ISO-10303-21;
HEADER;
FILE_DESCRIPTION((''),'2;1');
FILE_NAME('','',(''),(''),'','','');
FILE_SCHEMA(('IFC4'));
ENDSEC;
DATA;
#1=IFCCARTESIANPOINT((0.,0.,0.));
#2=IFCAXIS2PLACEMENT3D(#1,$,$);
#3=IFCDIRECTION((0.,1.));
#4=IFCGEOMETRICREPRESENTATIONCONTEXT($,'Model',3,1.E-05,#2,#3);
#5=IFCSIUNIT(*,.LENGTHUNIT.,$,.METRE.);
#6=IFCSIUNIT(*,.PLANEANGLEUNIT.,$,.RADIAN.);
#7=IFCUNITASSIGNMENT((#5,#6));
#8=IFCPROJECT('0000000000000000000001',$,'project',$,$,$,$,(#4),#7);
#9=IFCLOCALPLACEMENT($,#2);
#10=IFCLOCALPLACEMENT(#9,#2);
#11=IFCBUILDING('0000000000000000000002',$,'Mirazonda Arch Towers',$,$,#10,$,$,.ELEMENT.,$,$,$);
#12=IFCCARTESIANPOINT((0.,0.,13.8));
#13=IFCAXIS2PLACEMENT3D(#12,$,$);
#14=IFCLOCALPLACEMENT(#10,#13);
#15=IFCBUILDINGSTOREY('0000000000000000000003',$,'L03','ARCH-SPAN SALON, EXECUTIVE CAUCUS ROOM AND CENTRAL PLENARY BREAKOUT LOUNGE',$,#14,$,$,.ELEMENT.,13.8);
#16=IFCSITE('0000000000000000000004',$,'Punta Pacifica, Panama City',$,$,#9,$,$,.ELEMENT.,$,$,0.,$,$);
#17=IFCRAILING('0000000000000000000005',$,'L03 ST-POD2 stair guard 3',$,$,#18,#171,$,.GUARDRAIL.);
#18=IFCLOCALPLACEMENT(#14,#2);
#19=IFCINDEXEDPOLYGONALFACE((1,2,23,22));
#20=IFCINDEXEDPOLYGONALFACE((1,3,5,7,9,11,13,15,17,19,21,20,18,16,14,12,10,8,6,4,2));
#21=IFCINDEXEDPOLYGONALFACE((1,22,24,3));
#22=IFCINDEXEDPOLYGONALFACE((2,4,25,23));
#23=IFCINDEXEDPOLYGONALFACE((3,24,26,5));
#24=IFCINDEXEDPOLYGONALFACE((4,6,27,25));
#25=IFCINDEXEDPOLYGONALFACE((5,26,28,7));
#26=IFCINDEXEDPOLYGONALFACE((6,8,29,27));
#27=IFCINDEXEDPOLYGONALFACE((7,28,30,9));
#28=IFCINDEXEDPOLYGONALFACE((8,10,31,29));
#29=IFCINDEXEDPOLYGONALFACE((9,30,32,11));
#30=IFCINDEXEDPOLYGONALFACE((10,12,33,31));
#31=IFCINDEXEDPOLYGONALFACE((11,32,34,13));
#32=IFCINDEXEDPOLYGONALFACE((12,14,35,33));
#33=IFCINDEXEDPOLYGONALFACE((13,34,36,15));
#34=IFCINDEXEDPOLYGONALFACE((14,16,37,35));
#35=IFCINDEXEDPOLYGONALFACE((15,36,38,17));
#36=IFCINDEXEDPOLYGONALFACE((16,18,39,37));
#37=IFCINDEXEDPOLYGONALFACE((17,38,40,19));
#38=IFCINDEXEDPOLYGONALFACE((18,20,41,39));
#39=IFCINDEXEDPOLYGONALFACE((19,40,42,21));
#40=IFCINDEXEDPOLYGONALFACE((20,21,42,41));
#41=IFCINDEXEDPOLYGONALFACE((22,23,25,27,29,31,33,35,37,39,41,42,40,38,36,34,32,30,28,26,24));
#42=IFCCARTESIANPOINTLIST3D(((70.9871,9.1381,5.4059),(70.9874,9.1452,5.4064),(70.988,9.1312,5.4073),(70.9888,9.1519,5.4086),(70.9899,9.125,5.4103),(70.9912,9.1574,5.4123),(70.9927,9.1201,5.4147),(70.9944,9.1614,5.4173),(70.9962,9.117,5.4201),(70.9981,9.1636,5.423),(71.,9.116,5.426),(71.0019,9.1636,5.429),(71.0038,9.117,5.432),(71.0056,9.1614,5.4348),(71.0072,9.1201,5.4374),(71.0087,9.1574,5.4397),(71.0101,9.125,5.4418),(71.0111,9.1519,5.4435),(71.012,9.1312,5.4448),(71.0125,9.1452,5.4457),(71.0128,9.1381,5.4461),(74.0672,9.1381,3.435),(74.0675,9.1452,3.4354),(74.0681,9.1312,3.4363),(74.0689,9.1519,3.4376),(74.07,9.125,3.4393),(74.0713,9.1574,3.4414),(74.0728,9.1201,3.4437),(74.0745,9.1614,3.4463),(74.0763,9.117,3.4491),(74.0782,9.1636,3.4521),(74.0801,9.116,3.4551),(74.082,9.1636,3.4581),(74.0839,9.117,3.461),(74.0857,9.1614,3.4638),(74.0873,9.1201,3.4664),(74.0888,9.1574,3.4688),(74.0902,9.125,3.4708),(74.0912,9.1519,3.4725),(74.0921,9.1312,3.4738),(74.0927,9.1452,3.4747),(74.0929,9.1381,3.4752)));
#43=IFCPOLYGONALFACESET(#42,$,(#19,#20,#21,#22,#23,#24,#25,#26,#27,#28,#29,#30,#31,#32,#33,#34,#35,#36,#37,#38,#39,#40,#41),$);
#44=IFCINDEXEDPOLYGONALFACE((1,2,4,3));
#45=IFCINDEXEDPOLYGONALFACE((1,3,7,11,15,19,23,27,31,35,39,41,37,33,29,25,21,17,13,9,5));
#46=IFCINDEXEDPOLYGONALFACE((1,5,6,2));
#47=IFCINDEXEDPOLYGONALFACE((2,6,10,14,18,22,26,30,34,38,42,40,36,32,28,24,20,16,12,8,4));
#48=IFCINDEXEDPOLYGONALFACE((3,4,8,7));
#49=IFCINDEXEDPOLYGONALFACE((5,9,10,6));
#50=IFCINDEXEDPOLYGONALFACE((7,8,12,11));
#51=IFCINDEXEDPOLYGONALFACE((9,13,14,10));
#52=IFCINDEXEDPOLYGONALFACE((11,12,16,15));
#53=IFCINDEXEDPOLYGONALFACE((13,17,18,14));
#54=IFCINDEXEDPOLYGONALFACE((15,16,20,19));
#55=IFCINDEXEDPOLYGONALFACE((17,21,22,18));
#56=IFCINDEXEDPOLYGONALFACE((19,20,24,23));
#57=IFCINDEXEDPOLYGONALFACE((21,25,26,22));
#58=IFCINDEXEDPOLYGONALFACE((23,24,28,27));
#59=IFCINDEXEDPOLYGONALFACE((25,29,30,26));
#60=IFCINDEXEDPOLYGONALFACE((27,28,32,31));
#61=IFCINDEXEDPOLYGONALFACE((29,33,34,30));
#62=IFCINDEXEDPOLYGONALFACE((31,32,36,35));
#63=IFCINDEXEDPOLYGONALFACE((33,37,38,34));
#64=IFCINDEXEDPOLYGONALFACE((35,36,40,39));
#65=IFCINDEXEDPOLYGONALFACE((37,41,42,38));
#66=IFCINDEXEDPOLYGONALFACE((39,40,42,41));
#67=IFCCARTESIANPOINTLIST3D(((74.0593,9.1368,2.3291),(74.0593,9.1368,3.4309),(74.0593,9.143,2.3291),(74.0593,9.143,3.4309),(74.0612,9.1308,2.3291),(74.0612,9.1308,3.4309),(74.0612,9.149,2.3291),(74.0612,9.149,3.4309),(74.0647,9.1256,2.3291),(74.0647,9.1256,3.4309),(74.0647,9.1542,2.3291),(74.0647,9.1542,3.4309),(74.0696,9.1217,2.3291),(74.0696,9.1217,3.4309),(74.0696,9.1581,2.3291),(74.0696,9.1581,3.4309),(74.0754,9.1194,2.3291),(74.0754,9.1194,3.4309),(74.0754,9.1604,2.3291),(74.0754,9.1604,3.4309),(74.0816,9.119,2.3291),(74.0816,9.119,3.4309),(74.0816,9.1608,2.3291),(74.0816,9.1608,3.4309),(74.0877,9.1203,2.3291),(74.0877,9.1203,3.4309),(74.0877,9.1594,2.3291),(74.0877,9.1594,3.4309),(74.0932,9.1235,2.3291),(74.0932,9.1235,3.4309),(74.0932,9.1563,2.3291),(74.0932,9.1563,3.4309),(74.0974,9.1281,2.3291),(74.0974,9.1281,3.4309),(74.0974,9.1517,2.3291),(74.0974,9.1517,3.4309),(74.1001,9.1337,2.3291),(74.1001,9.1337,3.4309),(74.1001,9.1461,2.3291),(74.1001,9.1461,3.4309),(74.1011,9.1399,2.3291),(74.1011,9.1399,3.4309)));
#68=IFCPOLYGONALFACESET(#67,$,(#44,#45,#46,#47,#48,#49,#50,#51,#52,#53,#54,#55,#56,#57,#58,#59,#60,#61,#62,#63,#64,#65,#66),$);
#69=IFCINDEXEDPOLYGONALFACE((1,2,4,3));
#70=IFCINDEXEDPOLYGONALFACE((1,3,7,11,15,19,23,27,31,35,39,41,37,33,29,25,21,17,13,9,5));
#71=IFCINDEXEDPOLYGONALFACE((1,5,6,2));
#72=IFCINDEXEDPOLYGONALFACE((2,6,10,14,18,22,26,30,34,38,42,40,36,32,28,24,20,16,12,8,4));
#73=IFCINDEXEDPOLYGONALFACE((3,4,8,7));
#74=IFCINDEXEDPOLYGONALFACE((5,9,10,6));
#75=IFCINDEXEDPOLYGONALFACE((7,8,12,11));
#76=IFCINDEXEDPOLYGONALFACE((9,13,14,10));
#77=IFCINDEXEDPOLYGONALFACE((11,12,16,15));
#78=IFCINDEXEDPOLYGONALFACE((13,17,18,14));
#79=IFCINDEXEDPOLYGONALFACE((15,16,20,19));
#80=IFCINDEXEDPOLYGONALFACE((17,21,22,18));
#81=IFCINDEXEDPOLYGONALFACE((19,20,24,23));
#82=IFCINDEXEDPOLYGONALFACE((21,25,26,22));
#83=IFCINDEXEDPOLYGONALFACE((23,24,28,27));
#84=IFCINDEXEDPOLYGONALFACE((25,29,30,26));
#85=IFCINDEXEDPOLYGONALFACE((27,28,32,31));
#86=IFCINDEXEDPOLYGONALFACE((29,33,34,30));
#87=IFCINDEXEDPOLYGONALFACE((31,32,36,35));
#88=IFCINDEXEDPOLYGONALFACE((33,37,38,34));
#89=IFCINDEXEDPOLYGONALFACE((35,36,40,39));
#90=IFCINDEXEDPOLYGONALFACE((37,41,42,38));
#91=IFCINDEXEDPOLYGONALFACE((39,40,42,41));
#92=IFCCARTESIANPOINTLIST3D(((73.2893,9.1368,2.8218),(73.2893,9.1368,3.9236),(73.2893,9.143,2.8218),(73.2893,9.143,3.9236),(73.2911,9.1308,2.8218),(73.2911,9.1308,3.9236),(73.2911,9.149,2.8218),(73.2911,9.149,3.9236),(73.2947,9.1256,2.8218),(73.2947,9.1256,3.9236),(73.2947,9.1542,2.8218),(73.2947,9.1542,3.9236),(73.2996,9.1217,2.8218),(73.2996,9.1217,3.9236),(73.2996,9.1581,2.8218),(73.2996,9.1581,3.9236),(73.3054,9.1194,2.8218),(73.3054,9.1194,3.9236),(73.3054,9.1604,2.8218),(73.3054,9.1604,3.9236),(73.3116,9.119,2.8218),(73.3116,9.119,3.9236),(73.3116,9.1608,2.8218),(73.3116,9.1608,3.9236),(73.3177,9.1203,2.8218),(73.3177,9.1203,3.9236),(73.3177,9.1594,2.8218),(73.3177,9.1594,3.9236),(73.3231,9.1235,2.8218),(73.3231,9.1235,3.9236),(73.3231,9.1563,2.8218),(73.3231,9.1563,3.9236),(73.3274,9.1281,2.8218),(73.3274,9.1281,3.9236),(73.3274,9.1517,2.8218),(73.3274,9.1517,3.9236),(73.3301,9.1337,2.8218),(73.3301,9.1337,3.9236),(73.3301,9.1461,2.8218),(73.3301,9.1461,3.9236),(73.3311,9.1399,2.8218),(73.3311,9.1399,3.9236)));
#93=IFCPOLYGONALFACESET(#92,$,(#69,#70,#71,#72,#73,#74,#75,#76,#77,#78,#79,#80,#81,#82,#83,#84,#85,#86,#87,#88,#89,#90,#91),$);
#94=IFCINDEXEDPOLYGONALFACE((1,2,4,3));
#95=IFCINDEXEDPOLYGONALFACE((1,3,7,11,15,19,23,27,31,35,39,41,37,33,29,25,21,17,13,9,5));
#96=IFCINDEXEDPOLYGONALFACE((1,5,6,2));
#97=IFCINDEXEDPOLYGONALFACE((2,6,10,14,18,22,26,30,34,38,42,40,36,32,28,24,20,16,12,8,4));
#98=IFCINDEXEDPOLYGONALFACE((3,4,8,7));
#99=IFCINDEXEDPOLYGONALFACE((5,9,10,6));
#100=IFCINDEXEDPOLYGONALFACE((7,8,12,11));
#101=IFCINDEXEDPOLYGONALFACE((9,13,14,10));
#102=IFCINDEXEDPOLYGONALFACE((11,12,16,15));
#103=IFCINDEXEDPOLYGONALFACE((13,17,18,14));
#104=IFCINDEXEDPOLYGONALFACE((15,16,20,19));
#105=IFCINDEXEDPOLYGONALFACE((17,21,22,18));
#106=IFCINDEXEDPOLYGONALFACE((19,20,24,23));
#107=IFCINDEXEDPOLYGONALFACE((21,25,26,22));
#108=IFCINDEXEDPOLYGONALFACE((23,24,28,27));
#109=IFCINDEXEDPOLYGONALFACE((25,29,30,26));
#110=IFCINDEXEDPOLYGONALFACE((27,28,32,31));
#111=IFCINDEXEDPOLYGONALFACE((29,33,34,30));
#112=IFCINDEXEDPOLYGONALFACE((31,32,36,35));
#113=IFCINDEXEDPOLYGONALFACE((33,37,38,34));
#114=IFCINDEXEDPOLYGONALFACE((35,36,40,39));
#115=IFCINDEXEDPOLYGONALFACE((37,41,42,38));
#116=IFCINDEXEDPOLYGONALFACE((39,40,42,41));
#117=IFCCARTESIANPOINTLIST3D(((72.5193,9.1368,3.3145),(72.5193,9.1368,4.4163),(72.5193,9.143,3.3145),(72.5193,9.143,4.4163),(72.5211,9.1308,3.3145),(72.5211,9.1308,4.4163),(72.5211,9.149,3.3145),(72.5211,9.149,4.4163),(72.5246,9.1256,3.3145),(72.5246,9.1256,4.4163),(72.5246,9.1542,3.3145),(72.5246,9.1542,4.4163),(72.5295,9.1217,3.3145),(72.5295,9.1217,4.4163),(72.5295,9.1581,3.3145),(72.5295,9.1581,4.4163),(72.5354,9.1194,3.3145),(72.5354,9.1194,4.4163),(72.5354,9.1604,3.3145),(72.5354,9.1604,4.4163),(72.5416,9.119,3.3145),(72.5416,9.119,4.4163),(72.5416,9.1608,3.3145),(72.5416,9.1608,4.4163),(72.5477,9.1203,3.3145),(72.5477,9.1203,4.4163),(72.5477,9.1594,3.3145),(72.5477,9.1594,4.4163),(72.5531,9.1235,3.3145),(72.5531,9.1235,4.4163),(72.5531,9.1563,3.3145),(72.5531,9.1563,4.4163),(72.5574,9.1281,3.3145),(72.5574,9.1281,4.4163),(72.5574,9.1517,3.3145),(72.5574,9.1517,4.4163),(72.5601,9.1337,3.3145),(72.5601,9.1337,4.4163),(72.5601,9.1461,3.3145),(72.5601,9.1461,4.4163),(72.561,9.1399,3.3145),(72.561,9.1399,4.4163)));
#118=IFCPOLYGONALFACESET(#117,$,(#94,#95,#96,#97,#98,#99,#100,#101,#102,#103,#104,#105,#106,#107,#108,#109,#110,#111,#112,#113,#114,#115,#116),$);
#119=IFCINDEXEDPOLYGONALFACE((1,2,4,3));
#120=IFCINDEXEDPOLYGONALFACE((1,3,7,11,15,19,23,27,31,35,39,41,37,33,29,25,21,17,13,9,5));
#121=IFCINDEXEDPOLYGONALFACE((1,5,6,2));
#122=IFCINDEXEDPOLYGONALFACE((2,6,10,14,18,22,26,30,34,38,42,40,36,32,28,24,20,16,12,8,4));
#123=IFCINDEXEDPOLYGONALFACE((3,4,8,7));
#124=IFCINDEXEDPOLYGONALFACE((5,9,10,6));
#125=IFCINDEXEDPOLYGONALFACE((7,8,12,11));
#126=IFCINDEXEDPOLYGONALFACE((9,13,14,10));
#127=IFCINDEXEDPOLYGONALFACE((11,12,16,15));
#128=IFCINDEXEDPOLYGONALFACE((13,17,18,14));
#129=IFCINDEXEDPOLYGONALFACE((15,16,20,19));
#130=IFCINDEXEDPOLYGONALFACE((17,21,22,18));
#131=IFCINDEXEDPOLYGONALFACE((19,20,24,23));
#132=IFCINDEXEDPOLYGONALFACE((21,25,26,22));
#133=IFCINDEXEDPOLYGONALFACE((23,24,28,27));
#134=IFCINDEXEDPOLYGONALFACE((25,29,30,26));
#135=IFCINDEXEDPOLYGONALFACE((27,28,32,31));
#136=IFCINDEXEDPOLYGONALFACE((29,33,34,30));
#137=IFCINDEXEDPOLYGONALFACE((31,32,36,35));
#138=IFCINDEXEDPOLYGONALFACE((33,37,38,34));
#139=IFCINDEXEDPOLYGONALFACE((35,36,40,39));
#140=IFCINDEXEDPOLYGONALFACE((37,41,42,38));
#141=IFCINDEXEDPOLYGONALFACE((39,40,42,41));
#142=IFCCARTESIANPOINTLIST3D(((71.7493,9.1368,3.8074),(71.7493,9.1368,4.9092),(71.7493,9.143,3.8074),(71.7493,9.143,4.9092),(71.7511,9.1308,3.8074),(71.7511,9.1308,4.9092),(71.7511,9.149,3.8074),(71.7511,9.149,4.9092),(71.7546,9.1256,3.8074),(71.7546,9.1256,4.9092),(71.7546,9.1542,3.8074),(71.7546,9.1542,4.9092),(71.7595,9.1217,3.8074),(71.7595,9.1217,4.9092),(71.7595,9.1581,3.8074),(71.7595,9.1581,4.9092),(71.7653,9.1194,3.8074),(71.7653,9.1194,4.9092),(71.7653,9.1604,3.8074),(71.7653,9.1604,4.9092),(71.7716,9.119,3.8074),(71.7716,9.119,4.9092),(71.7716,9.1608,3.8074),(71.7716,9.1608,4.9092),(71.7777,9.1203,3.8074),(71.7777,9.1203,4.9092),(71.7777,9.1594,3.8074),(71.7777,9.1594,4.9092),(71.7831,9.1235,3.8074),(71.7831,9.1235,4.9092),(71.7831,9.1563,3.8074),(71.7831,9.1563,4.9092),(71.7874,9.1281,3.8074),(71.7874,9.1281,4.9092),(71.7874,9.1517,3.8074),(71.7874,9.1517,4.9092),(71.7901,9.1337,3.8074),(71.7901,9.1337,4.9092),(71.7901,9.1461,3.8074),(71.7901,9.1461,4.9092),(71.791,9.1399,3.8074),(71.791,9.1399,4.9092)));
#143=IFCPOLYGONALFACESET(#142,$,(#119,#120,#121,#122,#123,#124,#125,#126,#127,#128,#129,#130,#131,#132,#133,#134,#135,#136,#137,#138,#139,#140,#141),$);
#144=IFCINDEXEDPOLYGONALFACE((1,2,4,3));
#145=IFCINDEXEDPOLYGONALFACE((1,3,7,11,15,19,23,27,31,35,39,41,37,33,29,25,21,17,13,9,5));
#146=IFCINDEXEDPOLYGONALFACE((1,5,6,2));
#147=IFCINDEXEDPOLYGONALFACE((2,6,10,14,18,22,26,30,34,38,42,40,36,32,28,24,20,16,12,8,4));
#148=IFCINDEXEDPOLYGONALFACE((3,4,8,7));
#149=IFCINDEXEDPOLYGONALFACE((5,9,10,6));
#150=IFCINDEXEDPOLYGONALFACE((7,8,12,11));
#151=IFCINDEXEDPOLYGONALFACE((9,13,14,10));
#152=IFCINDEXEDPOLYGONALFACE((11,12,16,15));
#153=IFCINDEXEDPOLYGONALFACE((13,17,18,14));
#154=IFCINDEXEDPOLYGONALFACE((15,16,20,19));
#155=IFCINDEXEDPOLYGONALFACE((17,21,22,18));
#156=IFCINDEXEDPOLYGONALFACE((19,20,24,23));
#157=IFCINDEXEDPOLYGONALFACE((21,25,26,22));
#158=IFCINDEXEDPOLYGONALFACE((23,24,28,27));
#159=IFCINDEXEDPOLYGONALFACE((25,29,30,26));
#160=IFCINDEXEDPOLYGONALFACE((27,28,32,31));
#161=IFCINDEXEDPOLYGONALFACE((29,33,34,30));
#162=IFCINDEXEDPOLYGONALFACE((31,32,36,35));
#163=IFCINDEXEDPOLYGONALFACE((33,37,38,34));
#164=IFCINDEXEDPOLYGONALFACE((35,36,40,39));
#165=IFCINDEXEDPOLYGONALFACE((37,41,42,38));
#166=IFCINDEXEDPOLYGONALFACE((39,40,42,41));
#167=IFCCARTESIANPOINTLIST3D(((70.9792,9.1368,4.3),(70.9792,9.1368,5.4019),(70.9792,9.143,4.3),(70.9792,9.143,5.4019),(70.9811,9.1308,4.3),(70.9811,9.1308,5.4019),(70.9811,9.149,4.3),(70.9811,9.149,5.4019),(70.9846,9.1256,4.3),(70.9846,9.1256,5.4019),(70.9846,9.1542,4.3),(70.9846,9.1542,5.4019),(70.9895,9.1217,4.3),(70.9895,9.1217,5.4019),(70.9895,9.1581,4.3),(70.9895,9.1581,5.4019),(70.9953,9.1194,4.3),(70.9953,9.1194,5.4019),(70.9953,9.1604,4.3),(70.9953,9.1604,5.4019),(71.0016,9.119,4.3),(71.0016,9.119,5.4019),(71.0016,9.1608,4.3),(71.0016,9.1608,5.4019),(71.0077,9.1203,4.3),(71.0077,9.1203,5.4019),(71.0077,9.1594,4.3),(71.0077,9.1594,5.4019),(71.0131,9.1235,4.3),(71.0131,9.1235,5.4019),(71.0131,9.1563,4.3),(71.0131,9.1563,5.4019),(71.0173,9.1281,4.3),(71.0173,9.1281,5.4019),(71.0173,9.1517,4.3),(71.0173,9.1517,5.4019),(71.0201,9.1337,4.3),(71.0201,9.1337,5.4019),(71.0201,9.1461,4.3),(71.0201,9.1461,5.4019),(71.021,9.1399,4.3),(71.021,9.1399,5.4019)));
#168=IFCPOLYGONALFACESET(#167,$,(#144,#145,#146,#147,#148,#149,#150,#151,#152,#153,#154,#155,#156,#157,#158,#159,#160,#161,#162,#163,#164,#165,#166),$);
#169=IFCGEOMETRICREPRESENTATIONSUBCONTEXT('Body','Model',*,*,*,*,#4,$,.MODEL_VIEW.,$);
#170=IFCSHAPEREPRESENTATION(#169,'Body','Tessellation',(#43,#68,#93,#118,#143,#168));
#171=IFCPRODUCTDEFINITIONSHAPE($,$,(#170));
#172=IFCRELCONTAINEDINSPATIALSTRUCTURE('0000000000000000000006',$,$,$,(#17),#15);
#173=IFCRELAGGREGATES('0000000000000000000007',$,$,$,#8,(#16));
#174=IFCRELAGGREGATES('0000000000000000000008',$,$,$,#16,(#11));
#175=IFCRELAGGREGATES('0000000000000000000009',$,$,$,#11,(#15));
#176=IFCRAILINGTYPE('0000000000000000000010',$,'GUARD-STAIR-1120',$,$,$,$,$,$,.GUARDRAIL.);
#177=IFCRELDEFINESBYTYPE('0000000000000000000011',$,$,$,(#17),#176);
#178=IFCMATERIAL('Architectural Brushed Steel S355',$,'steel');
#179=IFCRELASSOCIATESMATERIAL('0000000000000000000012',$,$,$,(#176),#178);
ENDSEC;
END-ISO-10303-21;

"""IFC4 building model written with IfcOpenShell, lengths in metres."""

from ifc_helpers import new_model, si_unit, direction, frame, origin, origin_2d, place, context, subcontext, project, spatial, circle, extrude, material, type_object, element, save


model = new_model("IFC4")

# Units and contexts
model_context = context("Model", 3, precision=1e-05, world=origin(), true_north=direction((0.0, 1.0)))
body_context = subcontext(model_context, "Body", "Model", "MODEL_VIEW")
ifc_project = project(units=[si_unit("LENGTHUNIT", "METRE"), si_unit("PLANEANGLEUNIT", "RADIAN")], contexts=[model_context])

# Site, building, storey
site_placement = place(None, origin())
site = spatial("IfcSite", under=ifc_project, at=site_placement, Name="Punta Pacifica, Panama City", CompositionType="ELEMENT", RefElevation=0.0)
building_placement = place(site_placement, origin())
building = spatial("IfcBuilding", under=site, at=building_placement, Name="Mirazonda Arch Towers", CompositionType="ELEMENT")
storey_placement = place(building_placement, frame((0.0, 0.0, 13.8)))
storey = spatial("IfcBuildingStorey", under=building, at=storey_placement, Name="L03", Description="ARCH-SPAN SALON, EXECUTIVE CAUCUS ROOM AND CENTRAL PLENARY BREAKOUT LOUNGE", CompositionType="ELEMENT", Elevation=13.8)

# Railing
ifc_material_1 = material(Name="Architectural Brushed Steel S355", Category="steel")
railing_type_1 = type_object("IfcRailingType", Name="GUARD-STAIR-1120", PredefinedType="GUARDRAIL", material=ifc_material_1)
railing_1_placement = place(storey_placement, frame((74.0801, 9.1399, 2.3291)))
element("IfcRailing", 1, at=railing_1_placement, inside=storey, type_object=railing_type_1, Name="L03 ST-POD2 stair guard 3", PredefinedType="GUARDRAIL", context=body_context, shape_type="SweptSolid", body=[
    extrude(circle(Radius=0.0239, at=origin_2d()), frame((0.0, 0.0, 1.126), z_axis=(-0.842309, 0.0, 0.538995), x_axis=(0.0, -1.0, 0.0)), (0.0, 0.0, 1.0), 3.6567),
    extrude(circle(Radius=0.021, at=origin_2d()), origin(), (0.0, 0.0, 1.0), 1.1018),
    extrude(circle(Radius=0.021, at=origin_2d()), frame((-0.77, 0.0, 0.4927)), (0.0, 0.0, 1.0), 1.1018),
    extrude(circle(Radius=0.021, at=origin_2d()), frame((-1.54, 0.0, 0.9854)), (0.0, 0.0, 1.0), 1.1018),
    extrude(circle(Radius=0.021, at=origin_2d()), frame((-2.3101, 0.0, 1.4783)), (0.0, 0.0, 1.0), 1.1018),
    extrude(circle(Radius=0.021, at=origin_2d()), frame((-3.0801, 0.0, 1.9709)), (0.0, 0.0, 1.0), 1.1018),
])

save(model, "model.ifc")
